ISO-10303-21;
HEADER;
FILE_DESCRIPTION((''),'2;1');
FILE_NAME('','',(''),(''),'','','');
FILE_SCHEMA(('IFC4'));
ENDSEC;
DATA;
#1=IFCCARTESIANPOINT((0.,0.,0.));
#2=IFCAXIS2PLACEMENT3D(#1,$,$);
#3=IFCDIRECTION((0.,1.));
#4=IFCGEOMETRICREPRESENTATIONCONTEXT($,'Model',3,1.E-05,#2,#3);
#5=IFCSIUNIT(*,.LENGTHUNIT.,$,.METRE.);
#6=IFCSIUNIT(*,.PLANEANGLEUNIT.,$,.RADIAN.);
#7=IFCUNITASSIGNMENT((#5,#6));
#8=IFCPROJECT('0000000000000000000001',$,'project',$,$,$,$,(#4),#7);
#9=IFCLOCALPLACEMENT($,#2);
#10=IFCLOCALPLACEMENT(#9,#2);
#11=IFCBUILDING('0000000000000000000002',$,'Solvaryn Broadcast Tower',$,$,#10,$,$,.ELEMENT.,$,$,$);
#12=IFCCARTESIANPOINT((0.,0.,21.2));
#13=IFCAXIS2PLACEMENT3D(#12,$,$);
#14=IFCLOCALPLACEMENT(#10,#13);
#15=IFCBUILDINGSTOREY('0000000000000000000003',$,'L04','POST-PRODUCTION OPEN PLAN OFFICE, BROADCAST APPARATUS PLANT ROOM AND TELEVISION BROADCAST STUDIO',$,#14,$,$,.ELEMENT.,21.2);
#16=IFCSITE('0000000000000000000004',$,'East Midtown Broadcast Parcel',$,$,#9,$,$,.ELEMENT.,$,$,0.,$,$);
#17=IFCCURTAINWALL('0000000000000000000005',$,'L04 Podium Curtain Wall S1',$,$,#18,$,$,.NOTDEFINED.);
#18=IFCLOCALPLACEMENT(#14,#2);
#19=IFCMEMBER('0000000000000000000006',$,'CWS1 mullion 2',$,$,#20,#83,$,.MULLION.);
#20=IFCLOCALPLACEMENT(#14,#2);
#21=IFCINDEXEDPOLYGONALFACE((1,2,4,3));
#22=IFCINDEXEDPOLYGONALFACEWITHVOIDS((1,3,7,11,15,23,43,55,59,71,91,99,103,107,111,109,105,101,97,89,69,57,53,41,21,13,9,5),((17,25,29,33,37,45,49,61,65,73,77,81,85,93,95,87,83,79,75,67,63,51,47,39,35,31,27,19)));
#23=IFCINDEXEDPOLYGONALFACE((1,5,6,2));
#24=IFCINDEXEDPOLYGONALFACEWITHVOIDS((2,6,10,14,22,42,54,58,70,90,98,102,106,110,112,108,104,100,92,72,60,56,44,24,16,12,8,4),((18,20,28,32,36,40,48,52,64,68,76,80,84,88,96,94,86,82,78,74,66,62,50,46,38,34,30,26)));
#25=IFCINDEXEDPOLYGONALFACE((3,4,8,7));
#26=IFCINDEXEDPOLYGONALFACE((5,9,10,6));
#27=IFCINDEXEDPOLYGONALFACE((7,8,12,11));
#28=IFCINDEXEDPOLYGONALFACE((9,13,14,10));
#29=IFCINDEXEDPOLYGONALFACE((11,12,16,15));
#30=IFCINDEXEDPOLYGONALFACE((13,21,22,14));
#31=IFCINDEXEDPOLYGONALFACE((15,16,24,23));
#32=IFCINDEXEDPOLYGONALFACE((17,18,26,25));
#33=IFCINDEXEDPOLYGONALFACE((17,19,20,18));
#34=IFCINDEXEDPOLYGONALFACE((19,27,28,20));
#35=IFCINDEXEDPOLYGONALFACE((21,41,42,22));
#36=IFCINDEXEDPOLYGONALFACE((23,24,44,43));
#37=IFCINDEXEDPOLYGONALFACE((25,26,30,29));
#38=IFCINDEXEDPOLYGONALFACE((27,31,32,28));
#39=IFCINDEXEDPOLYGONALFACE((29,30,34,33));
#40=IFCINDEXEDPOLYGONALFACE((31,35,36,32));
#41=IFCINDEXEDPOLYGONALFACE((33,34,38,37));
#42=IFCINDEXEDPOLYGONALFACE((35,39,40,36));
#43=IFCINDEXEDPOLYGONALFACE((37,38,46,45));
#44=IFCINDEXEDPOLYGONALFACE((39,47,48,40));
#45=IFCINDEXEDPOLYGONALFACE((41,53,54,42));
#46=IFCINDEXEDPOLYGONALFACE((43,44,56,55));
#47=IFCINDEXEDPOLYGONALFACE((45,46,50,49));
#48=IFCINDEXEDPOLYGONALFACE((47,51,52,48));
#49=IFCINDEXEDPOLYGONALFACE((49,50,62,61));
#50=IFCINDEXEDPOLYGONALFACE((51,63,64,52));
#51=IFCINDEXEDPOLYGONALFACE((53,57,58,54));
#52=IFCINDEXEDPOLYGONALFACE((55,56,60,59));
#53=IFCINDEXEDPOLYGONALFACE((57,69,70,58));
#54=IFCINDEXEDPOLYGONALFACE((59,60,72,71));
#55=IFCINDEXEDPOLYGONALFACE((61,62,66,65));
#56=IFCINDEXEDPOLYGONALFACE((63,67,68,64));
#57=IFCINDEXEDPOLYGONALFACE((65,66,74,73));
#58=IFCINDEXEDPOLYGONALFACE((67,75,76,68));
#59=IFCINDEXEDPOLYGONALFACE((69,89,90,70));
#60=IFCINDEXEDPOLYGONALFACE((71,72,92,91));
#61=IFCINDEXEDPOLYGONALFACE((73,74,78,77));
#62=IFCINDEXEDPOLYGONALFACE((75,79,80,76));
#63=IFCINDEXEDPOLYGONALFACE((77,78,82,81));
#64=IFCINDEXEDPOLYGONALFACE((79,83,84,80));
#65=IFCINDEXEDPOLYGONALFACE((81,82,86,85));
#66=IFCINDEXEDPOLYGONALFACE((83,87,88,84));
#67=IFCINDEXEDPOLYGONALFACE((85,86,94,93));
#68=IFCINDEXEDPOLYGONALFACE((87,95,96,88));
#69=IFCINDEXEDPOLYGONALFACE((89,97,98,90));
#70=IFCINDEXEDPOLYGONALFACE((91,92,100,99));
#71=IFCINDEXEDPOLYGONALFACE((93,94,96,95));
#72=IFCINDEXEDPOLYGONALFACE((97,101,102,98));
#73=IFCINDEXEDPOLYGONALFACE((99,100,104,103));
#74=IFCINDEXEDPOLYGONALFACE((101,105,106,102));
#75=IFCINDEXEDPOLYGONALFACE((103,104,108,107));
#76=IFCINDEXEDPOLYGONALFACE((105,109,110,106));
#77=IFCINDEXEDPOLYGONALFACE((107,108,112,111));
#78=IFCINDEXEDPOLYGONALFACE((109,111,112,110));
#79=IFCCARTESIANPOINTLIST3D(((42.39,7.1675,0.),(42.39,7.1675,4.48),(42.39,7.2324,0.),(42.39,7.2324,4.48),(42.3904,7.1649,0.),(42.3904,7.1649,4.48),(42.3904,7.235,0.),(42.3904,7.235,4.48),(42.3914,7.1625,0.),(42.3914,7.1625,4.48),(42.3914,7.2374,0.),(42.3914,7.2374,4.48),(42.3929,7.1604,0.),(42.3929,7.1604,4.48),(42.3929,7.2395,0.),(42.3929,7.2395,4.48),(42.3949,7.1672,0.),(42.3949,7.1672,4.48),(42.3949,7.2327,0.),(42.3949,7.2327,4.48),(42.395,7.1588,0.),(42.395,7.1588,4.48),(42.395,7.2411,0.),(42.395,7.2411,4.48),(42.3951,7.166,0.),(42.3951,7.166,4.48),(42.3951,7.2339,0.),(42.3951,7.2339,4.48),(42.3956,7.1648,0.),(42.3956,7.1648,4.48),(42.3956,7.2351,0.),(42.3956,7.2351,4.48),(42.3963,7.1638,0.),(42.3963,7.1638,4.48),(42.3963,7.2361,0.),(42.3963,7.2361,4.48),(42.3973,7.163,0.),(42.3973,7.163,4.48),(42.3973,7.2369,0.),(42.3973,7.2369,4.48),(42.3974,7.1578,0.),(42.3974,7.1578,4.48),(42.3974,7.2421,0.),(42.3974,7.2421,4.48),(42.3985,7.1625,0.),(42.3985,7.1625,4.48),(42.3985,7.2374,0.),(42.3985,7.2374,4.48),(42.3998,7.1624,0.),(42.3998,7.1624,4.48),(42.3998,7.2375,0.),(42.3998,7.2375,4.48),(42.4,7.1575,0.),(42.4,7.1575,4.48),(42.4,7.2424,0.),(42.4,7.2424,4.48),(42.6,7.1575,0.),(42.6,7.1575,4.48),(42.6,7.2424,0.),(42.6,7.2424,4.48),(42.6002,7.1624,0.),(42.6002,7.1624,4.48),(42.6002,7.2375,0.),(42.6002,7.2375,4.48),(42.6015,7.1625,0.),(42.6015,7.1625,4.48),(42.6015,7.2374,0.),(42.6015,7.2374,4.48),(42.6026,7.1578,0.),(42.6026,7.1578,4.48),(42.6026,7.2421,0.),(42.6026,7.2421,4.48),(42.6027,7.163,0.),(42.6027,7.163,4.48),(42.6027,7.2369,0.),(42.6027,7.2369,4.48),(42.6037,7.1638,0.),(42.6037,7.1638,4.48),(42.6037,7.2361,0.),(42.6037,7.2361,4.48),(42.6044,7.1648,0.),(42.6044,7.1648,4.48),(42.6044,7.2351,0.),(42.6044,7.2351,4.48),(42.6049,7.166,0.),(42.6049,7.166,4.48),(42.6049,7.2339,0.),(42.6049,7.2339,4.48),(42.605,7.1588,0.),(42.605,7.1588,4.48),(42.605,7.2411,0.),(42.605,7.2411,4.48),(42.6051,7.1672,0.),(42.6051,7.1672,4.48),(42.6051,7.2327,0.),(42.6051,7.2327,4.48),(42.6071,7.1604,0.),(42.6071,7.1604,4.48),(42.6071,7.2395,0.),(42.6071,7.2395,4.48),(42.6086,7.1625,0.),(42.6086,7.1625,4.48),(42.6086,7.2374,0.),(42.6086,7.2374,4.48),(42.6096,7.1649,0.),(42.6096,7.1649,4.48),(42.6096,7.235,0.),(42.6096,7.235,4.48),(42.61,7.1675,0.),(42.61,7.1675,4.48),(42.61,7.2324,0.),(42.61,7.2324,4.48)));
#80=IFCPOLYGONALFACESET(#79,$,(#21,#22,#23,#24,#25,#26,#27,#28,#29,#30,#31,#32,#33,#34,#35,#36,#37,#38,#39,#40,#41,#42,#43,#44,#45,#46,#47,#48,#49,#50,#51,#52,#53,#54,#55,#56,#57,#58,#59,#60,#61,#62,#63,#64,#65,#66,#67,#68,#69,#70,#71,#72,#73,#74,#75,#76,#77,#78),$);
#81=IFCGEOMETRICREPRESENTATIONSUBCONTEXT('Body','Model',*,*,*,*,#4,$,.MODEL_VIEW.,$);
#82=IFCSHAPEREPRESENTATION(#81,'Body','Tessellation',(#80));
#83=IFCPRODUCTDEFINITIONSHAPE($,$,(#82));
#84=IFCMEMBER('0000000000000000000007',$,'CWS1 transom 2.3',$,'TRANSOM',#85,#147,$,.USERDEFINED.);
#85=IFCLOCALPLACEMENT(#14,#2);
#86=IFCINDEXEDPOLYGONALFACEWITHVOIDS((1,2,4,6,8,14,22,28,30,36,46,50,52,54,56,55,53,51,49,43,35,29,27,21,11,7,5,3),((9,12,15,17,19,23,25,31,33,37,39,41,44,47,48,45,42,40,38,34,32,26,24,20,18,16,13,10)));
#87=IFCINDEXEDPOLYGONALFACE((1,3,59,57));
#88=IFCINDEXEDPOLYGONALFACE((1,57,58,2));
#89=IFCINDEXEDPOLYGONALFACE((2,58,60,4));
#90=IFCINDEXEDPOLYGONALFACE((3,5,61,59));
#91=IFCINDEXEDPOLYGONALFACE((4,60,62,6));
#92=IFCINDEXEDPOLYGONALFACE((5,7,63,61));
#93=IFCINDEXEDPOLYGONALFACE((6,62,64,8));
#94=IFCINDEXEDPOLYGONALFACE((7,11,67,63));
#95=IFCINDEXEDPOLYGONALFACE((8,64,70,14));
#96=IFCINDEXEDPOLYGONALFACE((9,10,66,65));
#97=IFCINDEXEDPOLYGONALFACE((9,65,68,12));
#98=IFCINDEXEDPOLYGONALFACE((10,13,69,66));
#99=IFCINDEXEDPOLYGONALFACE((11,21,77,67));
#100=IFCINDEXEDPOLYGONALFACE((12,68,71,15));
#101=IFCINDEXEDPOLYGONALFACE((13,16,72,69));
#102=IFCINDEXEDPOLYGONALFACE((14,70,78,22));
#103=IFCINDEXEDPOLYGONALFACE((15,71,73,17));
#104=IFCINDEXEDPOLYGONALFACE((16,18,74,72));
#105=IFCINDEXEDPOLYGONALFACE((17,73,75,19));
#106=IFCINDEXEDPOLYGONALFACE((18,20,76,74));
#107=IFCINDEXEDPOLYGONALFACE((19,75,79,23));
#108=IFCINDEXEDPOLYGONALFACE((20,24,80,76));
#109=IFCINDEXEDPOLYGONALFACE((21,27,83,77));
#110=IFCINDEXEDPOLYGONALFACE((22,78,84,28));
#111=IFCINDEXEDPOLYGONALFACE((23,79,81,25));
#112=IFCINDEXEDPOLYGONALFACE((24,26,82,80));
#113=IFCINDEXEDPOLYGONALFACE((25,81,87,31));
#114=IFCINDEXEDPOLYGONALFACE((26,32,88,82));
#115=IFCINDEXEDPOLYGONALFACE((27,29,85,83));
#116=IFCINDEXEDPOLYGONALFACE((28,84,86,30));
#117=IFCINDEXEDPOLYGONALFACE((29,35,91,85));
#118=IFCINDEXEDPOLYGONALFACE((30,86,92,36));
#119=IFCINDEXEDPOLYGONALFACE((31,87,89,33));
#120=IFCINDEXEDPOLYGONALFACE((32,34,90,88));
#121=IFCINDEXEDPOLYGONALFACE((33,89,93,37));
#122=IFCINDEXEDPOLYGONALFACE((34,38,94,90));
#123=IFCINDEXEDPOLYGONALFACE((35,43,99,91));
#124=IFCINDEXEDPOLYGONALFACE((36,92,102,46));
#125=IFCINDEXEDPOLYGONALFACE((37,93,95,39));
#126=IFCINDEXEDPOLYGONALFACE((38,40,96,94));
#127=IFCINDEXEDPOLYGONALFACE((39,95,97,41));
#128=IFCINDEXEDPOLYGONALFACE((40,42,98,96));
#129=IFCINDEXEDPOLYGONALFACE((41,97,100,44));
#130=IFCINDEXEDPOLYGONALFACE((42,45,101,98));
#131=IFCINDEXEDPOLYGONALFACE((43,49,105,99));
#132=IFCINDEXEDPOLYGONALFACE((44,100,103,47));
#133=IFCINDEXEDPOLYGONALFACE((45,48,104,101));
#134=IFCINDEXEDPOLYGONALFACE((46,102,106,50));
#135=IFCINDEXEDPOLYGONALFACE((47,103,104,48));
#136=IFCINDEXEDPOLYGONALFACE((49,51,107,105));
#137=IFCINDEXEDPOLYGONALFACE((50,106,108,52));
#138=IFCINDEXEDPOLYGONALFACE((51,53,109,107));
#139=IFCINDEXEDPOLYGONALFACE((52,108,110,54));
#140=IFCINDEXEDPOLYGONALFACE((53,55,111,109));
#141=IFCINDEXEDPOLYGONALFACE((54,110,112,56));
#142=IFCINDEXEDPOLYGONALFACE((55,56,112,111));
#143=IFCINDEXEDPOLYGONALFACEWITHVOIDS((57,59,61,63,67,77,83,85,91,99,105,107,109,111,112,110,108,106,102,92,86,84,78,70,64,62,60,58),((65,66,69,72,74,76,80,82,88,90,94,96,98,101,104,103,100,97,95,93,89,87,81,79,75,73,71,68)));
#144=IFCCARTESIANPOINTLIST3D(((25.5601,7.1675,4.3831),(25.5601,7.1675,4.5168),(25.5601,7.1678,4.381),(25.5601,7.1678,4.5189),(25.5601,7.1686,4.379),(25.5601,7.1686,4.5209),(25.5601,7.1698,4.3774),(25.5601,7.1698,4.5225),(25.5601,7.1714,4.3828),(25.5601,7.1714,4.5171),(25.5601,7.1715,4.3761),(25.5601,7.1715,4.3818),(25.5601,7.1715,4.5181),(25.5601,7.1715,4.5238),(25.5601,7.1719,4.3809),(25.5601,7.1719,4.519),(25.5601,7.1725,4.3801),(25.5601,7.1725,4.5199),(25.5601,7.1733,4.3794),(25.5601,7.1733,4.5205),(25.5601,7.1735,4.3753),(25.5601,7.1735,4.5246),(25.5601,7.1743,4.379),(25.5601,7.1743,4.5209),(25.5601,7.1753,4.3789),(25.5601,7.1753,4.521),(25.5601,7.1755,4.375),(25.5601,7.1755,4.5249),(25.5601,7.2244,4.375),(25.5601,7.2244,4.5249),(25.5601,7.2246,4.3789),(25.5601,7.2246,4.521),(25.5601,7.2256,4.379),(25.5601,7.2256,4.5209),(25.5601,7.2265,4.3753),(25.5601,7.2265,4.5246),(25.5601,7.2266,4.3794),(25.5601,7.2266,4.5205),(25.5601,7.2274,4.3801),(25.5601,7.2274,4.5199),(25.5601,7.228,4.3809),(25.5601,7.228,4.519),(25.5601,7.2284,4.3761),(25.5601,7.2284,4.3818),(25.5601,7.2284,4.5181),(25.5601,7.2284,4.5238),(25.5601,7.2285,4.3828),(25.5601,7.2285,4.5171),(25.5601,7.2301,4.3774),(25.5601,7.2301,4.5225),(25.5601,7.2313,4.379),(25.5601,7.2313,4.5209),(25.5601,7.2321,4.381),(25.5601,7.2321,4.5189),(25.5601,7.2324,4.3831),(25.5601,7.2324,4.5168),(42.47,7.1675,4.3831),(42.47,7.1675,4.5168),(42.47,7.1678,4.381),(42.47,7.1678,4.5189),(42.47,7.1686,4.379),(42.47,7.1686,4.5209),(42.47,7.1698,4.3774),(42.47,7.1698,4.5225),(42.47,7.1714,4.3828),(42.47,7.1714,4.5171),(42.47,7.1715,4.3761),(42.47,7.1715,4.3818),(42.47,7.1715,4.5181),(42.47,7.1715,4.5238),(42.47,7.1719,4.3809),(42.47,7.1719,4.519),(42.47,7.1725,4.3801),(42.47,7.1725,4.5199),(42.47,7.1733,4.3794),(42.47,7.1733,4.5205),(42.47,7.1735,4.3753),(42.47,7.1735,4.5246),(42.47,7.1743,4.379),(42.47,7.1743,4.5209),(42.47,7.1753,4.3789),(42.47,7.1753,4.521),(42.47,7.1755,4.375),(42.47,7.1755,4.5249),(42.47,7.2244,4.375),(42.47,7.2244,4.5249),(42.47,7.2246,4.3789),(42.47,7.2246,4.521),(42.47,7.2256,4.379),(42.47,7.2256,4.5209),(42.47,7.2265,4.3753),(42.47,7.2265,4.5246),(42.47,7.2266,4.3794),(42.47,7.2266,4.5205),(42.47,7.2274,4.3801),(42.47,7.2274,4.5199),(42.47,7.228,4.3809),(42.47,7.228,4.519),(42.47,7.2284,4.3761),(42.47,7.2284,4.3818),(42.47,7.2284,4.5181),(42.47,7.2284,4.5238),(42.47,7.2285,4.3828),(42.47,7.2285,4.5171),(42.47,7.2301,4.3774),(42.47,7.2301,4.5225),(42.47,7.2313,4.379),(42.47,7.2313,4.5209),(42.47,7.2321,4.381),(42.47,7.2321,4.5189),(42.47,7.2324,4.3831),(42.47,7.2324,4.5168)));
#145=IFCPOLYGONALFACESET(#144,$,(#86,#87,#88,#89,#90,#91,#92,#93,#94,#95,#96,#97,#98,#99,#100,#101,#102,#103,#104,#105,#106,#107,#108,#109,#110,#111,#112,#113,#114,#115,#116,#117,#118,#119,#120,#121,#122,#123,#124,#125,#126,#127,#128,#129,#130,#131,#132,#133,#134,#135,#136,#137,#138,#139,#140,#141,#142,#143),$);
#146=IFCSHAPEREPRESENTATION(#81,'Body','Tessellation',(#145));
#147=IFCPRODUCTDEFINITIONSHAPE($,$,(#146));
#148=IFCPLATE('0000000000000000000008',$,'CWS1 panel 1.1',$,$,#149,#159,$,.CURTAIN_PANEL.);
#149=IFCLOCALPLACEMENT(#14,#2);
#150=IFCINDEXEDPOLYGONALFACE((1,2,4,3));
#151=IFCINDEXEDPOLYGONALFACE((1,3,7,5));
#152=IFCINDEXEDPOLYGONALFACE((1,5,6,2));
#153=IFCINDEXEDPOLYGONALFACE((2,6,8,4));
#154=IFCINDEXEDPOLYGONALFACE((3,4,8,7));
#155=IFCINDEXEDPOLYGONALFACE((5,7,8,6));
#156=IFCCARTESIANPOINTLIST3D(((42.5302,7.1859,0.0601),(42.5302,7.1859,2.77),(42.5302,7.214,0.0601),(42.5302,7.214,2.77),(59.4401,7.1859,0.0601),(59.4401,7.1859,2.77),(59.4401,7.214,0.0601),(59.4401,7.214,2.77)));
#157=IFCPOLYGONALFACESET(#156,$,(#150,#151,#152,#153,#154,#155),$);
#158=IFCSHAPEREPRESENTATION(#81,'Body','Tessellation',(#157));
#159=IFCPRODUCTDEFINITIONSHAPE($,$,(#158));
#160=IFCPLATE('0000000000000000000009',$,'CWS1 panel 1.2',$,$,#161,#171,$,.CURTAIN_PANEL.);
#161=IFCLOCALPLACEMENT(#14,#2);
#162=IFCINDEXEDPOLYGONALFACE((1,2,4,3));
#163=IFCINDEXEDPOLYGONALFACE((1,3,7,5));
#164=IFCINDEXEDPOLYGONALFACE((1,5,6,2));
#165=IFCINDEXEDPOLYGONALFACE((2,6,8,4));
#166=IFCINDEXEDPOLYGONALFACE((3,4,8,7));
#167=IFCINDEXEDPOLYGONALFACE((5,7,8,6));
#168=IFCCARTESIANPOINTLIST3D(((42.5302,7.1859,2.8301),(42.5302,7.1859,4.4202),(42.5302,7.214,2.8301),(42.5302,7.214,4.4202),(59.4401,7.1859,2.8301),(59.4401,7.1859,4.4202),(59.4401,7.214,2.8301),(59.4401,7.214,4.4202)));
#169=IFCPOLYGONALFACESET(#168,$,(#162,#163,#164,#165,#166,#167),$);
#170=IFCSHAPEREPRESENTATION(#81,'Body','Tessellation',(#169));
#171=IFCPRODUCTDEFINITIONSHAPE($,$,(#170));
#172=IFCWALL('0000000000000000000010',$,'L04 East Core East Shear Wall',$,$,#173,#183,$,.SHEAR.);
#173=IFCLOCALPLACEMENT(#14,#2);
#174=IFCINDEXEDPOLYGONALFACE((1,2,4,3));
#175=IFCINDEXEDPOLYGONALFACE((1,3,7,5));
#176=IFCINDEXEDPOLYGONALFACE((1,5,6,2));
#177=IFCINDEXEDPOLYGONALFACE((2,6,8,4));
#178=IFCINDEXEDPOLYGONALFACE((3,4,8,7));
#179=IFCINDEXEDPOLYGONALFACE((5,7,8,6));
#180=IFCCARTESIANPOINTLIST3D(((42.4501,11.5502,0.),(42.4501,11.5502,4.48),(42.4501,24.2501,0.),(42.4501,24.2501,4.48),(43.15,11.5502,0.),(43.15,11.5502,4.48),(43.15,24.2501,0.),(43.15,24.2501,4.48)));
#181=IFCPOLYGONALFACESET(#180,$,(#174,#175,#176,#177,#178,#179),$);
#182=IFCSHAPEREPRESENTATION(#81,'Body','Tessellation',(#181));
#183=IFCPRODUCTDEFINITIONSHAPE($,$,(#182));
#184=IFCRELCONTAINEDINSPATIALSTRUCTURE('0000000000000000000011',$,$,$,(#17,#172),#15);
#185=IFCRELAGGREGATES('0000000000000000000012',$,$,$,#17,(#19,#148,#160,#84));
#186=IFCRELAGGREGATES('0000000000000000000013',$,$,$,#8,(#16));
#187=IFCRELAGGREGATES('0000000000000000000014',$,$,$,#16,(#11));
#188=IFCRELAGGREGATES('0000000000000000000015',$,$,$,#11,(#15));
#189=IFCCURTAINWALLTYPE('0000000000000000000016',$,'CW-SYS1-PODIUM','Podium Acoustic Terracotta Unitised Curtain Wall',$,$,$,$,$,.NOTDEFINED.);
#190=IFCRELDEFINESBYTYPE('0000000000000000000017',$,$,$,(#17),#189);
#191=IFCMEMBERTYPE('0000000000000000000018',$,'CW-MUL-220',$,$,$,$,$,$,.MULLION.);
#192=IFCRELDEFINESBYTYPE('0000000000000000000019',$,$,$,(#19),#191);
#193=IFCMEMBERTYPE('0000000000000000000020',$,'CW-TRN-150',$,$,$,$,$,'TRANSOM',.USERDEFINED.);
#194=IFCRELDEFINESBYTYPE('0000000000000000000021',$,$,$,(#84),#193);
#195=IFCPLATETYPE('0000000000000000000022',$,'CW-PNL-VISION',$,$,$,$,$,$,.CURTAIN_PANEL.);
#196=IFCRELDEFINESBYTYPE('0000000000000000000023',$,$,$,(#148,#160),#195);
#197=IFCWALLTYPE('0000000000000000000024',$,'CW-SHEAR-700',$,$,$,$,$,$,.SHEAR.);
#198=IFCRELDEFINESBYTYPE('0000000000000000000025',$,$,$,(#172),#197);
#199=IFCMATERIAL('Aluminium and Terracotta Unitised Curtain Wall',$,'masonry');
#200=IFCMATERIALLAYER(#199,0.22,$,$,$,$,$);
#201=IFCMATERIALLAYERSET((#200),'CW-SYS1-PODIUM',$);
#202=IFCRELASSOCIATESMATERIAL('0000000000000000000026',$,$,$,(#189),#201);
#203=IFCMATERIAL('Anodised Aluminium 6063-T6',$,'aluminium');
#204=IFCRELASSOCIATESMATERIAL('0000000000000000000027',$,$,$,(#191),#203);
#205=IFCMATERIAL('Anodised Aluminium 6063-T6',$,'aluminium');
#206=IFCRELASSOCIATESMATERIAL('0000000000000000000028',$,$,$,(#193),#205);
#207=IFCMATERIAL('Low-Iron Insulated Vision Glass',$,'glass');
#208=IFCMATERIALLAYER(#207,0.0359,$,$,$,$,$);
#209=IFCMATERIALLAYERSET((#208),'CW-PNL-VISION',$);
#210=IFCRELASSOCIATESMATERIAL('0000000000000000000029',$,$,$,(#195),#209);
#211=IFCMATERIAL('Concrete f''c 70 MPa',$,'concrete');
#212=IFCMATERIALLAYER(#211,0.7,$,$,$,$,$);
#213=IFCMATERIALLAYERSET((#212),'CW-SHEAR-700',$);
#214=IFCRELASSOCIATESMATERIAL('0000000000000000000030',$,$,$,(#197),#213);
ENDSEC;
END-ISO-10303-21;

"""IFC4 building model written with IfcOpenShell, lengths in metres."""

from ifc_helpers import new_model, si_unit, direction, frame, frame_2d, origin, origin_2d, place, context, subcontext, project, spatial, rectangle, hollow_rectangle, extrude, material, layer, layer_set, material_profile, profile_set, type_object, element, aggregate, save


model = new_model("IFC4")

# Units and contexts
model_context = context("Model", 3, precision=1e-05, world=origin(), true_north=direction((0.0, 1.0)))
body_context = subcontext(model_context, "Body", "Model", "MODEL_VIEW")
ifc_project = project(units=[si_unit("LENGTHUNIT", "METRE"), si_unit("PLANEANGLEUNIT", "RADIAN")], contexts=[model_context])

# Site, building, storey
site_placement = place(None, origin())
site = spatial("IfcSite", under=ifc_project, at=site_placement, Name="East Midtown Broadcast Parcel", CompositionType="ELEMENT", RefElevation=0.0)
building_placement = place(site_placement, origin())
building = spatial("IfcBuilding", under=site, at=building_placement, Name="Solvaryn Broadcast Tower", CompositionType="ELEMENT")
storey_placement = place(building_placement, frame((0.0, 0.0, 21.2)))
storey = spatial("IfcBuildingStorey", under=building, at=storey_placement, Name="L04", Description="POST-PRODUCTION OPEN PLAN OFFICE, BROADCAST APPARATUS PLANT ROOM AND TELEVISION BROADCAST STUDIO", CompositionType="ELEMENT", Elevation=21.2)

# Curtain wall, members, plates
ifc_material_1 = material(Name="Aluminium and Terracotta Unitised Curtain Wall", Category="masonry")
ifc_layer_1 = layer(ifc_material_1, 0.22)
ifc_layer_set_1 = layer_set([ifc_layer_1], Name="CW-SYS1-PODIUM")
curtain_wall_type = type_object("IfcCurtainWallType", Name="CW-SYS1-PODIUM", Description="Podium Acoustic Terracotta Unitised Curtain Wall", PredefinedType="NOTDEFINED", material=ifc_layer_set_1)
curtain_wall_placement = place(storey_placement, origin())
curtain_wall = element("IfcCurtainWall", 1, at=curtain_wall_placement, inside=storey, type_object=curtain_wall_type, Name="L04 Podium Curtain Wall S1", PredefinedType="NOTDEFINED")
ifc_material_2 = material(Name="Anodised Aluminium 6063-T6", Category="aluminium")
ifc_material_profile_1 = material_profile(ifc_material_2, hollow_rectangle(XDim=0.085, YDim=0.22, WallThickness=0.0049, InnerFilletRadius=0.0049, OuterFilletRadius=0.01, at=origin_2d()))
ifc_profile_set_1 = profile_set([ifc_material_profile_1], Name="Anodised Aluminium 6063-T6")
member_type_1 = type_object("IfcMemberType", Name="CW-MUL-220", PredefinedType="MULLION", material=ifc_profile_set_1)
member_1_placement = place(storey_placement, frame((42.5, 7.2, 0.0), z_axis=(0.0, 0.0, 1.0), x_axis=(0.0, -1.0, 0.0)))
member_1 = element("IfcMember", 2, at=member_1_placement, type_object=member_type_1, Name="CWS1 mullion 2", PredefinedType="MULLION", context=body_context, shape_type="SweptSolid", body=[
    extrude(hollow_rectangle(XDim=0.085, YDim=0.22, WallThickness=0.0049, InnerFilletRadius=0.0049, OuterFilletRadius=0.01, at=origin_2d()), origin(), (0.0, 0.0, 1.0), 4.48),
])
ifc_material_3 = material(Name="Anodised Aluminium 6063-T6", Category="aluminium")
ifc_material_profile_2 = material_profile(ifc_material_3, hollow_rectangle(XDim=0.0649, YDim=0.1499, WallThickness=0.0039, InnerFilletRadius=0.0039, OuterFilletRadius=0.0081, at=origin_2d()))
ifc_profile_set_2 = profile_set([ifc_material_profile_2], Name="Anodised Aluminium 6063-T6")
member_type_2 = type_object("IfcMemberType", Name="CW-TRN-150", ElementType="TRANSOM", PredefinedType="USERDEFINED", material=ifc_profile_set_2)
member_2_placement = place(storey_placement, frame((42.47, 7.2, 4.45), z_axis=(-1.0, 0.0, 0.0), x_axis=(0.0, -1.0, 0.0)))
member_2 = element("IfcMember", 3, at=member_2_placement, type_object=member_type_2, Name="CWS1 transom 2.3", ObjectType="TRANSOM", PredefinedType="USERDEFINED", context=body_context, shape_type="SweptSolid", body=[
    extrude(hollow_rectangle(XDim=0.0649, YDim=0.1499, WallThickness=0.0039, InnerFilletRadius=0.0039, OuterFilletRadius=0.0081, at=origin_2d()), origin(), (0.0, 0.0, 1.0), 16.9099),
])
ifc_material_4 = material(Name="Low-Iron Insulated Vision Glass", Category="glass")
ifc_layer_2 = layer(ifc_material_4, 0.0359)
ifc_layer_set_2 = layer_set([ifc_layer_2], Name="CW-PNL-VISION")
plate_type = type_object("IfcPlateType", Name="CW-PNL-VISION", PredefinedType="CURTAIN_PANEL", material=ifc_layer_set_2)
plate_1_placement = place(storey_placement, frame((50.9851, 7.2, 0.0601), z_axis=(0.0, 0.0, 1.0), x_axis=(-1.0, 0.0, 0.0)))
plate_1 = element("IfcPlate", 4, at=plate_1_placement, type_object=plate_type, Name="CWS1 panel 1.1", PredefinedType="CURTAIN_PANEL", context=body_context, shape_type="SweptSolid", body=[
    extrude(rectangle(XDim=16.9099, YDim=0.0281, at=origin_2d()), origin(), (0.0, 0.0, 1.0), 2.71),
])
plate_2_placement = place(storey_placement, frame((50.9851, 7.2, 2.8301), z_axis=(0.0, 0.0, 1.0), x_axis=(-1.0, 0.0, 0.0)))
plate_2 = element("IfcPlate", 5, at=plate_2_placement, type_object=plate_type, Name="CWS1 panel 1.2", PredefinedType="CURTAIN_PANEL", context=body_context, shape_type="SweptSolid", body=[
    extrude(rectangle(XDim=16.9099, YDim=0.0281, at=origin_2d()), origin(), (0.0, 0.0, 1.0), 1.5901),
])
aggregate(curtain_wall, [member_1, plate_1, plate_2, member_2])

# Wall
ifc_material_5 = material(Name="Concrete f'c 70 MPa", Category="concrete")
ifc_layer_3 = layer(ifc_material_5, 0.7)
ifc_layer_set_3 = layer_set([ifc_layer_3], Name="CW-SHEAR-700")
wall_type = type_object("IfcWallType", Name="CW-SHEAR-700", PredefinedType="SHEAR", material=ifc_layer_set_3)
wall_placement = place(storey_placement, frame((42.8, 11.55, 0.0), z_axis=(0.0, 0.0, 1.0), x_axis=(0.0, 1.0, 0.0)))
element("IfcWall", 6, at=wall_placement, inside=storey, type_object=wall_type, Name="L04 East Core East Shear Wall", PredefinedType="SHEAR", context=body_context, shape_type="SweptSolid", body=[
    extrude(rectangle(XDim=12.7, YDim=0.7, at=frame_2d((6.3501, 0.0))), origin(), (0.0, 0.0, 1.0), 4.48),
])

save(model, "model.ifc")
